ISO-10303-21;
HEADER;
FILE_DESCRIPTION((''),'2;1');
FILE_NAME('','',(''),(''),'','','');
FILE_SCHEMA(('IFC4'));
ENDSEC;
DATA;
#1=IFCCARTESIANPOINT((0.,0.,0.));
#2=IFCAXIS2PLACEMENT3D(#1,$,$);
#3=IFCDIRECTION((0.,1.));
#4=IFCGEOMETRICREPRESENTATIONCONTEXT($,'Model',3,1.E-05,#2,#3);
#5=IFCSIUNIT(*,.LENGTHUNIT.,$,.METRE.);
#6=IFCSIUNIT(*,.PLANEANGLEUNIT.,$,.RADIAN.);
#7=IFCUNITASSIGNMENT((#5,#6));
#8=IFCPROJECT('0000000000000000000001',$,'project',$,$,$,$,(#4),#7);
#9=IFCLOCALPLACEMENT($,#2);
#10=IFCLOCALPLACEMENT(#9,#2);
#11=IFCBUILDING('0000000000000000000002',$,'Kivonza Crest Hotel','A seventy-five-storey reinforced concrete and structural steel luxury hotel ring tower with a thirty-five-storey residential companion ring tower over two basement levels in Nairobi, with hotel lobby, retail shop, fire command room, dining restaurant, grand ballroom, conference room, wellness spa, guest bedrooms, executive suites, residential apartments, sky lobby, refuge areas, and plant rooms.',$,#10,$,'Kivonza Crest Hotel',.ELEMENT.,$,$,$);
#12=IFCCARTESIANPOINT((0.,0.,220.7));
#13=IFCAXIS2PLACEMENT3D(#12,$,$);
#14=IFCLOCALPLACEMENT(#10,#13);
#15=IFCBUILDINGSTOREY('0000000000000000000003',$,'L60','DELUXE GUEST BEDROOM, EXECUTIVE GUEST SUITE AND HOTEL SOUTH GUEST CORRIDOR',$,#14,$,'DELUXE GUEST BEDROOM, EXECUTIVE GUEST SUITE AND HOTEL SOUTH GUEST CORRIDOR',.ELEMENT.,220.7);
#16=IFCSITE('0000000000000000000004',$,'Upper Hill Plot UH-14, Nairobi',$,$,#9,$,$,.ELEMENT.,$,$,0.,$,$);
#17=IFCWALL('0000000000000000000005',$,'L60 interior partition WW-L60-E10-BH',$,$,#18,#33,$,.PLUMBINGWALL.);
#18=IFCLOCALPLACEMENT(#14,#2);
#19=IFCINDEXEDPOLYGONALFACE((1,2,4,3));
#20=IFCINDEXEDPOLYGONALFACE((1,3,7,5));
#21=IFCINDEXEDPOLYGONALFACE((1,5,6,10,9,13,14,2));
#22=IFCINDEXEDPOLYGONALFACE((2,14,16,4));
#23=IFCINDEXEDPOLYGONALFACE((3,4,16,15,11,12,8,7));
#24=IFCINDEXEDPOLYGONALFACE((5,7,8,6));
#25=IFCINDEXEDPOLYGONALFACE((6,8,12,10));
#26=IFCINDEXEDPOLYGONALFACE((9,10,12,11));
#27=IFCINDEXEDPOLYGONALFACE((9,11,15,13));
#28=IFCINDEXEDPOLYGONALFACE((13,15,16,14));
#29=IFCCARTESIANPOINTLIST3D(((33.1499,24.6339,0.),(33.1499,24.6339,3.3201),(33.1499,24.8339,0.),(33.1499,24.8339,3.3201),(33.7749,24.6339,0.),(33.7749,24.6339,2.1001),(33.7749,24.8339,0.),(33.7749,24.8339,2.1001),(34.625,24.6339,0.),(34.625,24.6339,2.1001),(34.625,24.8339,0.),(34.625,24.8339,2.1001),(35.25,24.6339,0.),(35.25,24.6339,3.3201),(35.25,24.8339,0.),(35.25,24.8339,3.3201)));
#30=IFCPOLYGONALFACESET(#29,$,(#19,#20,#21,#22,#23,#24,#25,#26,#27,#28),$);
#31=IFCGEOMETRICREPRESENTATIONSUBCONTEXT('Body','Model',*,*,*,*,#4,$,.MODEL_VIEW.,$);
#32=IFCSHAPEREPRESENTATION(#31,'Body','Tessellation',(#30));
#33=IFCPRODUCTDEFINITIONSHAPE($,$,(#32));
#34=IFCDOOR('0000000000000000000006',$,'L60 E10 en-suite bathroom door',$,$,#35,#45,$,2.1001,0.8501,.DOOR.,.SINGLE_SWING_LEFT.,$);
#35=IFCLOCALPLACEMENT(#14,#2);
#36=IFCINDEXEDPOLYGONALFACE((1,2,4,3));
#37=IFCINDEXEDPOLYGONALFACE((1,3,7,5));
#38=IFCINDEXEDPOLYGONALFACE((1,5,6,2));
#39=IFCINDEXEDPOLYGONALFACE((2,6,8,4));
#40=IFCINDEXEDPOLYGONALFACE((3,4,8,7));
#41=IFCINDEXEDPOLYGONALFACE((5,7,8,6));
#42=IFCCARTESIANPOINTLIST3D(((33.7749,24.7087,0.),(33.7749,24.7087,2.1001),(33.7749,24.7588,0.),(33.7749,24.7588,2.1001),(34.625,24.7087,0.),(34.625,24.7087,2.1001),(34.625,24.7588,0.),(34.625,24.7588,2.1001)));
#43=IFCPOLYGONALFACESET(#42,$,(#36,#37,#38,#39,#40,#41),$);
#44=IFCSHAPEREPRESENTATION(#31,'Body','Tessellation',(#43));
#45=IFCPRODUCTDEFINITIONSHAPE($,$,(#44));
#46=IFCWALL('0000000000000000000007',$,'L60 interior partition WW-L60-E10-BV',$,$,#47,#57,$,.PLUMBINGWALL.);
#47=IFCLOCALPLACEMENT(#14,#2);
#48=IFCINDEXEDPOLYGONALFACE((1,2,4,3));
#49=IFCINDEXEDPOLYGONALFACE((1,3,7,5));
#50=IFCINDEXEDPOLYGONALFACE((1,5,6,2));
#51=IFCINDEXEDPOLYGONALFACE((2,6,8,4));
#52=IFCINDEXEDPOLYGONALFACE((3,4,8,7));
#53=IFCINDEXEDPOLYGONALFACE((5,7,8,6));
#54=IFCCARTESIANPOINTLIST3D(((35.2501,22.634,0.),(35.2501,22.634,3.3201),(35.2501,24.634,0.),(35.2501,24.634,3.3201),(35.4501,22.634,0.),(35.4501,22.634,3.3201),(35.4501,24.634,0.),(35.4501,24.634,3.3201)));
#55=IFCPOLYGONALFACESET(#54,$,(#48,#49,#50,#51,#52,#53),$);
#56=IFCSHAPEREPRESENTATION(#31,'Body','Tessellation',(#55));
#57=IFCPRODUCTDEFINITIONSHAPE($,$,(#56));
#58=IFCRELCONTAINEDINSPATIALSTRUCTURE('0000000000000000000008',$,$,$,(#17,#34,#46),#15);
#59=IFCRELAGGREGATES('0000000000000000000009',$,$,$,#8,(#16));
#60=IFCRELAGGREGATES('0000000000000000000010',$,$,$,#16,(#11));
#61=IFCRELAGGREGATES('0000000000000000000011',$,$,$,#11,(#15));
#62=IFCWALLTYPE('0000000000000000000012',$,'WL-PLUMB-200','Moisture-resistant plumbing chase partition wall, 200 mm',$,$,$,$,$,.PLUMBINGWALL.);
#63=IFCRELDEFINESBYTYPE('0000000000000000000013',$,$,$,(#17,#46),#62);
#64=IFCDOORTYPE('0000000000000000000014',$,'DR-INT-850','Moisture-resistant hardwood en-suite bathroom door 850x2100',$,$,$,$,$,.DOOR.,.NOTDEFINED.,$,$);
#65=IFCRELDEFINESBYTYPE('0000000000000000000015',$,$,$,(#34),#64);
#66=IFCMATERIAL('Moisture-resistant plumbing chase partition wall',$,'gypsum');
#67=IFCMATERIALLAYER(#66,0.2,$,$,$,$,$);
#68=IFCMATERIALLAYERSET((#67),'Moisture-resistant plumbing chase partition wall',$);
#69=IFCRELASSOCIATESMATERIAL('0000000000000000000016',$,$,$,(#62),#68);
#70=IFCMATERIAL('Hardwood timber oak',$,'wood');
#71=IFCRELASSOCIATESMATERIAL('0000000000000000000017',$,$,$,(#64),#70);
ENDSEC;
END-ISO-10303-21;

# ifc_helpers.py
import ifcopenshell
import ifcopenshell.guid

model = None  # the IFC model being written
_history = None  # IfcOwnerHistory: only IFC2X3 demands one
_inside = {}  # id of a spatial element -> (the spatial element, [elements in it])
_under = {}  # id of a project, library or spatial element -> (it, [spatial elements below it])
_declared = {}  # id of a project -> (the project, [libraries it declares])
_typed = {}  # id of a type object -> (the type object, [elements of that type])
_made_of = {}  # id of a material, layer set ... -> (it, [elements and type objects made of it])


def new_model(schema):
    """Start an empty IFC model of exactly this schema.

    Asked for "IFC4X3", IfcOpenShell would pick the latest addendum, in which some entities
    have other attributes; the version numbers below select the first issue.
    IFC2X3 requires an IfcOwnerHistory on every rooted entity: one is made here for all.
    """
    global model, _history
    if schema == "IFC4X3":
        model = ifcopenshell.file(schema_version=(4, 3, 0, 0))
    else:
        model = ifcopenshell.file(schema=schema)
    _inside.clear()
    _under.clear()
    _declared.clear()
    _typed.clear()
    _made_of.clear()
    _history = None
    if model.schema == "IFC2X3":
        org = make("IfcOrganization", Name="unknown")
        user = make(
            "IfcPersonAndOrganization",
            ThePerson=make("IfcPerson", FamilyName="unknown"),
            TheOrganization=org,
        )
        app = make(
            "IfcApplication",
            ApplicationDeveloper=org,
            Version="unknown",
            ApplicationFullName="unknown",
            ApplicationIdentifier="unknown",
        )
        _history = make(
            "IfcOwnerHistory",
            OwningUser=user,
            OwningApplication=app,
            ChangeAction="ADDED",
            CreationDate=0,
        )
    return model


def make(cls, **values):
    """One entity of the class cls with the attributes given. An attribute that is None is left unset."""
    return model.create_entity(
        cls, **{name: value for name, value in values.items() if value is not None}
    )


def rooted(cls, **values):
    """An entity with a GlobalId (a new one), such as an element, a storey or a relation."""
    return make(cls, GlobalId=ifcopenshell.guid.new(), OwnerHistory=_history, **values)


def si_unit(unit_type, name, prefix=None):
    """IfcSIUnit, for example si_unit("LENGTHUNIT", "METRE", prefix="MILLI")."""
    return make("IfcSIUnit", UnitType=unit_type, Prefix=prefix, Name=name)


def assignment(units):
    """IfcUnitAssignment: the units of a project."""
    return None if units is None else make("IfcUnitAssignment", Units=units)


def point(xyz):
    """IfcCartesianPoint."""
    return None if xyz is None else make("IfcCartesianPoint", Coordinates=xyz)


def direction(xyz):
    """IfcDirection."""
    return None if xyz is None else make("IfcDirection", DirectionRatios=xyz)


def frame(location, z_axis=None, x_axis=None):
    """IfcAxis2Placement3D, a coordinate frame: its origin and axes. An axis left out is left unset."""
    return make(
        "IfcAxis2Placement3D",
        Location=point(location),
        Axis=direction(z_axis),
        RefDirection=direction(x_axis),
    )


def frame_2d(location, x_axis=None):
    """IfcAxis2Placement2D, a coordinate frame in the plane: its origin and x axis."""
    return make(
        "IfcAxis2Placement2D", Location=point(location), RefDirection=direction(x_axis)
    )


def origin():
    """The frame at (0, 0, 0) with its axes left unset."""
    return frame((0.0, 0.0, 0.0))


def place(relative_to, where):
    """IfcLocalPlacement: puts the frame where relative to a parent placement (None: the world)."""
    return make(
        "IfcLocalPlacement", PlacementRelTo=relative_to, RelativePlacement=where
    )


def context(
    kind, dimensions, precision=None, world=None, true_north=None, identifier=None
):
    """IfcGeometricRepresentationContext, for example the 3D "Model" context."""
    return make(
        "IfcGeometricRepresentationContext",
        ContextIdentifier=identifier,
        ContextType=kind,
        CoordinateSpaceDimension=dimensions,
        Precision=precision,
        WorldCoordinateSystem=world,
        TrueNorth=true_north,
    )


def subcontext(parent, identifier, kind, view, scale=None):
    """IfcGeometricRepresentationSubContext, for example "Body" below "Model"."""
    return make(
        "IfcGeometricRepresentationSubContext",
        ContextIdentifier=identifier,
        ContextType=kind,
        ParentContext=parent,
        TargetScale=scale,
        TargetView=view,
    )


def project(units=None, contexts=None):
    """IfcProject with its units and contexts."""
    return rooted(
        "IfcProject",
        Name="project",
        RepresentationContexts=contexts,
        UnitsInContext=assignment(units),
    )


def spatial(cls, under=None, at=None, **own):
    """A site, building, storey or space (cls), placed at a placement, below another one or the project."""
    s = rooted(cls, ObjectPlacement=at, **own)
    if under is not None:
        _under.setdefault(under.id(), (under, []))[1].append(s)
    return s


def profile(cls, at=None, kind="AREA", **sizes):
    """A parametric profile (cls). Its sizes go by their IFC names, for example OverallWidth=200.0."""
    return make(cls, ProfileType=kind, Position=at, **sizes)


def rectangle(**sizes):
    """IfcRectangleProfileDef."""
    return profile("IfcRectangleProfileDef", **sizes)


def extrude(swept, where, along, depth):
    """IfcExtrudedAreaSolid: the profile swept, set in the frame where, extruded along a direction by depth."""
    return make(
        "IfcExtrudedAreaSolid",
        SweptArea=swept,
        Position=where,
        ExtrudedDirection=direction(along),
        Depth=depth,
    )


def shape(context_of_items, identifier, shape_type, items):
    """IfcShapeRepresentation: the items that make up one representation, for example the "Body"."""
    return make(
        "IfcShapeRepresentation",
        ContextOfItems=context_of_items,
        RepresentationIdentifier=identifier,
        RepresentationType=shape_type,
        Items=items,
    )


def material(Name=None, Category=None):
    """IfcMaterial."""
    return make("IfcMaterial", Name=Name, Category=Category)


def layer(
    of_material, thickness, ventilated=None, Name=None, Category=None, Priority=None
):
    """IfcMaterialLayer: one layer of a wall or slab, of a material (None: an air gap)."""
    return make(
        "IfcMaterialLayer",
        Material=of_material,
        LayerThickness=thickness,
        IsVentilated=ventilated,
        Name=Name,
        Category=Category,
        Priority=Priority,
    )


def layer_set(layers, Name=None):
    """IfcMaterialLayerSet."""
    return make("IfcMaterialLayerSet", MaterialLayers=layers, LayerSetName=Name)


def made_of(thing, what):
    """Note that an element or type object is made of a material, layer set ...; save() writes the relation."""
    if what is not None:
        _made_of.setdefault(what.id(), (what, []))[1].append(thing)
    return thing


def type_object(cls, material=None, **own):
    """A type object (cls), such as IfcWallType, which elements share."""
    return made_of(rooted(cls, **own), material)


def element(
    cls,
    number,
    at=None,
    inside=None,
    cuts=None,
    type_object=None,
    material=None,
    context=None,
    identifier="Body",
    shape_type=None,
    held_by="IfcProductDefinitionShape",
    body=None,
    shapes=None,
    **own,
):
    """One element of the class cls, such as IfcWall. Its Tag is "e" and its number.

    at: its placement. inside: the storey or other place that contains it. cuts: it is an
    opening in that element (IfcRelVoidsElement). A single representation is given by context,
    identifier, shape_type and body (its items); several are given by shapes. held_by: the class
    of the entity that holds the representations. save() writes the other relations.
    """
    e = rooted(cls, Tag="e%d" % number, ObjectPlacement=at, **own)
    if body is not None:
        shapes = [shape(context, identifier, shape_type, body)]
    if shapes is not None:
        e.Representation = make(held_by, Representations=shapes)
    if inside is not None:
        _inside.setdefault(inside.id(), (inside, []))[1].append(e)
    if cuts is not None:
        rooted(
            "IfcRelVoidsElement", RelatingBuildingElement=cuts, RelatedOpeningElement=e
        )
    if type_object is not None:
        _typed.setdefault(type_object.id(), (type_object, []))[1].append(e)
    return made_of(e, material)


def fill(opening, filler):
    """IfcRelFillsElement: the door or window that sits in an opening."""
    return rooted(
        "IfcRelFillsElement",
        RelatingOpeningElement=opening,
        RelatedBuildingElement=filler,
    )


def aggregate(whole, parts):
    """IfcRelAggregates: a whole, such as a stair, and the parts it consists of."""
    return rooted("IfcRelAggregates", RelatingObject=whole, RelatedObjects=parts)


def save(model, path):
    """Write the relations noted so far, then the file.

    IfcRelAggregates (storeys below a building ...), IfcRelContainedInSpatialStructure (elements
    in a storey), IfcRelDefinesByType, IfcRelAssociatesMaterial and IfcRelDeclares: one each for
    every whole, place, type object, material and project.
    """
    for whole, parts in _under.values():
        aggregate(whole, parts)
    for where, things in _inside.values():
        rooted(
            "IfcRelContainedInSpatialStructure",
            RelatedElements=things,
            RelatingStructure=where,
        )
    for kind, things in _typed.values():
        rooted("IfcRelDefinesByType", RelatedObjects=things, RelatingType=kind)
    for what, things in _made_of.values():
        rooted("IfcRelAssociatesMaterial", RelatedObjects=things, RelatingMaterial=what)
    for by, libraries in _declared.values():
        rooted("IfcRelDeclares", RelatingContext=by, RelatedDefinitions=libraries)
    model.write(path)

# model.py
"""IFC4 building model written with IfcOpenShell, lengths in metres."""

from ifc_helpers import new_model, si_unit, direction, frame, frame_2d, origin, place, context, subcontext, project, spatial, rectangle, extrude, material, layer, layer_set, type_object, element, fill, save


model = new_model("IFC4")

# Units and contexts
model_context = context("Model", 3, precision=1e-05, world=origin(), true_north=direction((0.0, 1.0)))
body_context = subcontext(model_context, "Body", "Model", "MODEL_VIEW")
ifc_project = project(units=[si_unit("LENGTHUNIT", "METRE"), si_unit("PLANEANGLEUNIT", "RADIAN")], contexts=[model_context])

# Site, building, storey
site_placement = place(None, origin())
site = spatial("IfcSite", under=ifc_project, at=site_placement, Name="Upper Hill Plot UH-14, Nairobi", CompositionType="ELEMENT", RefElevation=0.0)
building_placement = place(site_placement, origin())
building = spatial("IfcBuilding", under=site, at=building_placement, Name="Kivonza Crest Hotel", Description="A seventy-five-storey reinforced concrete and structural steel luxury hotel ring tower with a thirty-five-storey residential companion ring tower over two basement levels in Nairobi, with hotel lobby, retail shop, fire command room, dining restaurant, grand ballroom, conference room, wellness spa, guest bedrooms, executive suites, residential apartments, sky lobby, refuge areas, and plant rooms.", LongName="Kivonza Crest Hotel", CompositionType="ELEMENT")
storey_placement = place(building_placement, frame((0.0, 0.0, 220.7)))
storey = spatial("IfcBuildingStorey", under=building, at=storey_placement, Name="L60", Description="DELUXE GUEST BEDROOM, EXECUTIVE GUEST SUITE AND HOTEL SOUTH GUEST CORRIDOR", LongName="DELUXE GUEST BEDROOM, EXECUTIVE GUEST SUITE AND HOTEL SOUTH GUEST CORRIDOR", CompositionType="ELEMENT", Elevation=220.7)

# Wall, opening, door
ifc_material_1 = material(Name="Hardwood timber oak", Category="wood")
ifc_material_2 = material(Name="Moisture-resistant plumbing chase partition wall", Category="gypsum")
ifc_layer_1 = layer(ifc_material_2, 0.2)
ifc_layer_set_1 = layer_set([ifc_layer_1], Name="Moisture-resistant plumbing chase partition wall")
wall_type_1 = type_object("IfcWallType", Name="WL-PLUMB-200", Description="Moisture-resistant plumbing chase partition wall, 200 mm", PredefinedType="PLUMBINGWALL", material=ifc_layer_set_1)
wall_1_placement = place(storey_placement, frame((33.1499, 24.7339, 0.0), z_axis=(0.0, 0.0, 1.0), x_axis=(1.0, 0.0, 0.0)))
wall_1 = element("IfcWall", 1, at=wall_1_placement, inside=storey, type_object=wall_type_1, Name="L60 interior partition WW-L60-E10-BH", PredefinedType="PLUMBINGWALL", context=body_context, shape_type="SweptSolid", body=[
    extrude(rectangle(XDim=2.1001, YDim=0.2, at=frame_2d((1.05, 0.0))), origin(), (0.0, 0.0, 1.0), 3.3201),
])
opening_1_placement = place(wall_1_placement, frame((0.625, 0.0, 0.0)))
opening_1 = element("IfcOpeningElement", 2, at=opening_1_placement, cuts=wall_1, PredefinedType="OPENING", context=body_context, shape_type="SweptSolid", body=[
    extrude(rectangle(XDim=0.8501, YDim=2.1001, at=frame_2d((0.425, 1.05))), frame((0.0, 0.1099, 0.0), z_axis=(0.0, -1.0, 0.0), x_axis=(1.0, 0.0, 0.0)), (0.0, 0.0, 1.0), 0.22),
])
door_type_1 = type_object("IfcDoorType", Name="DR-INT-850", Description="Moisture-resistant hardwood en-suite bathroom door 850x2100", OperationType="NOTDEFINED", PredefinedType="DOOR", material=ifc_material_1)
door_1_placement = place(opening_1_placement, origin())
door_1 = element("IfcDoor", 3, at=door_1_placement, inside=storey, type_object=door_type_1, Name="L60 E10 en-suite bathroom door", OperationType="SINGLE_SWING_LEFT", OverallHeight=2.1001, OverallWidth=0.8501, PredefinedType="DOOR", context=body_context, shape_type="SweptSolid", body=[
    extrude(rectangle(XDim=0.8501, YDim=2.1001, at=frame_2d((0.425, 1.05))), frame((0.0, 0.0249, 0.0), z_axis=(0.0, -1.0, 0.0), x_axis=(1.0, 0.0, 0.0)), (0.0, 0.0, 1.0), 0.05),
])
fill(opening_1, door_1)

# Wall
wall_2_placement = place(storey_placement, frame((35.3501, 22.634, 0.0), z_axis=(0.0, 0.0, 1.0), x_axis=(0.0, 1.0, 0.0)))
element("IfcWall", 4, at=wall_2_placement, inside=storey, type_object=wall_type_1, Name="L60 interior partition WW-L60-E10-BV", PredefinedType="PLUMBINGWALL", context=body_context, shape_type="SweptSolid", body=[
    extrude(rectangle(XDim=2.0, YDim=0.2, at=frame_2d((1.0, 0.0))), origin(), (0.0, 0.0, 1.0), 3.3201),
])

save(model, "model.ifc")
